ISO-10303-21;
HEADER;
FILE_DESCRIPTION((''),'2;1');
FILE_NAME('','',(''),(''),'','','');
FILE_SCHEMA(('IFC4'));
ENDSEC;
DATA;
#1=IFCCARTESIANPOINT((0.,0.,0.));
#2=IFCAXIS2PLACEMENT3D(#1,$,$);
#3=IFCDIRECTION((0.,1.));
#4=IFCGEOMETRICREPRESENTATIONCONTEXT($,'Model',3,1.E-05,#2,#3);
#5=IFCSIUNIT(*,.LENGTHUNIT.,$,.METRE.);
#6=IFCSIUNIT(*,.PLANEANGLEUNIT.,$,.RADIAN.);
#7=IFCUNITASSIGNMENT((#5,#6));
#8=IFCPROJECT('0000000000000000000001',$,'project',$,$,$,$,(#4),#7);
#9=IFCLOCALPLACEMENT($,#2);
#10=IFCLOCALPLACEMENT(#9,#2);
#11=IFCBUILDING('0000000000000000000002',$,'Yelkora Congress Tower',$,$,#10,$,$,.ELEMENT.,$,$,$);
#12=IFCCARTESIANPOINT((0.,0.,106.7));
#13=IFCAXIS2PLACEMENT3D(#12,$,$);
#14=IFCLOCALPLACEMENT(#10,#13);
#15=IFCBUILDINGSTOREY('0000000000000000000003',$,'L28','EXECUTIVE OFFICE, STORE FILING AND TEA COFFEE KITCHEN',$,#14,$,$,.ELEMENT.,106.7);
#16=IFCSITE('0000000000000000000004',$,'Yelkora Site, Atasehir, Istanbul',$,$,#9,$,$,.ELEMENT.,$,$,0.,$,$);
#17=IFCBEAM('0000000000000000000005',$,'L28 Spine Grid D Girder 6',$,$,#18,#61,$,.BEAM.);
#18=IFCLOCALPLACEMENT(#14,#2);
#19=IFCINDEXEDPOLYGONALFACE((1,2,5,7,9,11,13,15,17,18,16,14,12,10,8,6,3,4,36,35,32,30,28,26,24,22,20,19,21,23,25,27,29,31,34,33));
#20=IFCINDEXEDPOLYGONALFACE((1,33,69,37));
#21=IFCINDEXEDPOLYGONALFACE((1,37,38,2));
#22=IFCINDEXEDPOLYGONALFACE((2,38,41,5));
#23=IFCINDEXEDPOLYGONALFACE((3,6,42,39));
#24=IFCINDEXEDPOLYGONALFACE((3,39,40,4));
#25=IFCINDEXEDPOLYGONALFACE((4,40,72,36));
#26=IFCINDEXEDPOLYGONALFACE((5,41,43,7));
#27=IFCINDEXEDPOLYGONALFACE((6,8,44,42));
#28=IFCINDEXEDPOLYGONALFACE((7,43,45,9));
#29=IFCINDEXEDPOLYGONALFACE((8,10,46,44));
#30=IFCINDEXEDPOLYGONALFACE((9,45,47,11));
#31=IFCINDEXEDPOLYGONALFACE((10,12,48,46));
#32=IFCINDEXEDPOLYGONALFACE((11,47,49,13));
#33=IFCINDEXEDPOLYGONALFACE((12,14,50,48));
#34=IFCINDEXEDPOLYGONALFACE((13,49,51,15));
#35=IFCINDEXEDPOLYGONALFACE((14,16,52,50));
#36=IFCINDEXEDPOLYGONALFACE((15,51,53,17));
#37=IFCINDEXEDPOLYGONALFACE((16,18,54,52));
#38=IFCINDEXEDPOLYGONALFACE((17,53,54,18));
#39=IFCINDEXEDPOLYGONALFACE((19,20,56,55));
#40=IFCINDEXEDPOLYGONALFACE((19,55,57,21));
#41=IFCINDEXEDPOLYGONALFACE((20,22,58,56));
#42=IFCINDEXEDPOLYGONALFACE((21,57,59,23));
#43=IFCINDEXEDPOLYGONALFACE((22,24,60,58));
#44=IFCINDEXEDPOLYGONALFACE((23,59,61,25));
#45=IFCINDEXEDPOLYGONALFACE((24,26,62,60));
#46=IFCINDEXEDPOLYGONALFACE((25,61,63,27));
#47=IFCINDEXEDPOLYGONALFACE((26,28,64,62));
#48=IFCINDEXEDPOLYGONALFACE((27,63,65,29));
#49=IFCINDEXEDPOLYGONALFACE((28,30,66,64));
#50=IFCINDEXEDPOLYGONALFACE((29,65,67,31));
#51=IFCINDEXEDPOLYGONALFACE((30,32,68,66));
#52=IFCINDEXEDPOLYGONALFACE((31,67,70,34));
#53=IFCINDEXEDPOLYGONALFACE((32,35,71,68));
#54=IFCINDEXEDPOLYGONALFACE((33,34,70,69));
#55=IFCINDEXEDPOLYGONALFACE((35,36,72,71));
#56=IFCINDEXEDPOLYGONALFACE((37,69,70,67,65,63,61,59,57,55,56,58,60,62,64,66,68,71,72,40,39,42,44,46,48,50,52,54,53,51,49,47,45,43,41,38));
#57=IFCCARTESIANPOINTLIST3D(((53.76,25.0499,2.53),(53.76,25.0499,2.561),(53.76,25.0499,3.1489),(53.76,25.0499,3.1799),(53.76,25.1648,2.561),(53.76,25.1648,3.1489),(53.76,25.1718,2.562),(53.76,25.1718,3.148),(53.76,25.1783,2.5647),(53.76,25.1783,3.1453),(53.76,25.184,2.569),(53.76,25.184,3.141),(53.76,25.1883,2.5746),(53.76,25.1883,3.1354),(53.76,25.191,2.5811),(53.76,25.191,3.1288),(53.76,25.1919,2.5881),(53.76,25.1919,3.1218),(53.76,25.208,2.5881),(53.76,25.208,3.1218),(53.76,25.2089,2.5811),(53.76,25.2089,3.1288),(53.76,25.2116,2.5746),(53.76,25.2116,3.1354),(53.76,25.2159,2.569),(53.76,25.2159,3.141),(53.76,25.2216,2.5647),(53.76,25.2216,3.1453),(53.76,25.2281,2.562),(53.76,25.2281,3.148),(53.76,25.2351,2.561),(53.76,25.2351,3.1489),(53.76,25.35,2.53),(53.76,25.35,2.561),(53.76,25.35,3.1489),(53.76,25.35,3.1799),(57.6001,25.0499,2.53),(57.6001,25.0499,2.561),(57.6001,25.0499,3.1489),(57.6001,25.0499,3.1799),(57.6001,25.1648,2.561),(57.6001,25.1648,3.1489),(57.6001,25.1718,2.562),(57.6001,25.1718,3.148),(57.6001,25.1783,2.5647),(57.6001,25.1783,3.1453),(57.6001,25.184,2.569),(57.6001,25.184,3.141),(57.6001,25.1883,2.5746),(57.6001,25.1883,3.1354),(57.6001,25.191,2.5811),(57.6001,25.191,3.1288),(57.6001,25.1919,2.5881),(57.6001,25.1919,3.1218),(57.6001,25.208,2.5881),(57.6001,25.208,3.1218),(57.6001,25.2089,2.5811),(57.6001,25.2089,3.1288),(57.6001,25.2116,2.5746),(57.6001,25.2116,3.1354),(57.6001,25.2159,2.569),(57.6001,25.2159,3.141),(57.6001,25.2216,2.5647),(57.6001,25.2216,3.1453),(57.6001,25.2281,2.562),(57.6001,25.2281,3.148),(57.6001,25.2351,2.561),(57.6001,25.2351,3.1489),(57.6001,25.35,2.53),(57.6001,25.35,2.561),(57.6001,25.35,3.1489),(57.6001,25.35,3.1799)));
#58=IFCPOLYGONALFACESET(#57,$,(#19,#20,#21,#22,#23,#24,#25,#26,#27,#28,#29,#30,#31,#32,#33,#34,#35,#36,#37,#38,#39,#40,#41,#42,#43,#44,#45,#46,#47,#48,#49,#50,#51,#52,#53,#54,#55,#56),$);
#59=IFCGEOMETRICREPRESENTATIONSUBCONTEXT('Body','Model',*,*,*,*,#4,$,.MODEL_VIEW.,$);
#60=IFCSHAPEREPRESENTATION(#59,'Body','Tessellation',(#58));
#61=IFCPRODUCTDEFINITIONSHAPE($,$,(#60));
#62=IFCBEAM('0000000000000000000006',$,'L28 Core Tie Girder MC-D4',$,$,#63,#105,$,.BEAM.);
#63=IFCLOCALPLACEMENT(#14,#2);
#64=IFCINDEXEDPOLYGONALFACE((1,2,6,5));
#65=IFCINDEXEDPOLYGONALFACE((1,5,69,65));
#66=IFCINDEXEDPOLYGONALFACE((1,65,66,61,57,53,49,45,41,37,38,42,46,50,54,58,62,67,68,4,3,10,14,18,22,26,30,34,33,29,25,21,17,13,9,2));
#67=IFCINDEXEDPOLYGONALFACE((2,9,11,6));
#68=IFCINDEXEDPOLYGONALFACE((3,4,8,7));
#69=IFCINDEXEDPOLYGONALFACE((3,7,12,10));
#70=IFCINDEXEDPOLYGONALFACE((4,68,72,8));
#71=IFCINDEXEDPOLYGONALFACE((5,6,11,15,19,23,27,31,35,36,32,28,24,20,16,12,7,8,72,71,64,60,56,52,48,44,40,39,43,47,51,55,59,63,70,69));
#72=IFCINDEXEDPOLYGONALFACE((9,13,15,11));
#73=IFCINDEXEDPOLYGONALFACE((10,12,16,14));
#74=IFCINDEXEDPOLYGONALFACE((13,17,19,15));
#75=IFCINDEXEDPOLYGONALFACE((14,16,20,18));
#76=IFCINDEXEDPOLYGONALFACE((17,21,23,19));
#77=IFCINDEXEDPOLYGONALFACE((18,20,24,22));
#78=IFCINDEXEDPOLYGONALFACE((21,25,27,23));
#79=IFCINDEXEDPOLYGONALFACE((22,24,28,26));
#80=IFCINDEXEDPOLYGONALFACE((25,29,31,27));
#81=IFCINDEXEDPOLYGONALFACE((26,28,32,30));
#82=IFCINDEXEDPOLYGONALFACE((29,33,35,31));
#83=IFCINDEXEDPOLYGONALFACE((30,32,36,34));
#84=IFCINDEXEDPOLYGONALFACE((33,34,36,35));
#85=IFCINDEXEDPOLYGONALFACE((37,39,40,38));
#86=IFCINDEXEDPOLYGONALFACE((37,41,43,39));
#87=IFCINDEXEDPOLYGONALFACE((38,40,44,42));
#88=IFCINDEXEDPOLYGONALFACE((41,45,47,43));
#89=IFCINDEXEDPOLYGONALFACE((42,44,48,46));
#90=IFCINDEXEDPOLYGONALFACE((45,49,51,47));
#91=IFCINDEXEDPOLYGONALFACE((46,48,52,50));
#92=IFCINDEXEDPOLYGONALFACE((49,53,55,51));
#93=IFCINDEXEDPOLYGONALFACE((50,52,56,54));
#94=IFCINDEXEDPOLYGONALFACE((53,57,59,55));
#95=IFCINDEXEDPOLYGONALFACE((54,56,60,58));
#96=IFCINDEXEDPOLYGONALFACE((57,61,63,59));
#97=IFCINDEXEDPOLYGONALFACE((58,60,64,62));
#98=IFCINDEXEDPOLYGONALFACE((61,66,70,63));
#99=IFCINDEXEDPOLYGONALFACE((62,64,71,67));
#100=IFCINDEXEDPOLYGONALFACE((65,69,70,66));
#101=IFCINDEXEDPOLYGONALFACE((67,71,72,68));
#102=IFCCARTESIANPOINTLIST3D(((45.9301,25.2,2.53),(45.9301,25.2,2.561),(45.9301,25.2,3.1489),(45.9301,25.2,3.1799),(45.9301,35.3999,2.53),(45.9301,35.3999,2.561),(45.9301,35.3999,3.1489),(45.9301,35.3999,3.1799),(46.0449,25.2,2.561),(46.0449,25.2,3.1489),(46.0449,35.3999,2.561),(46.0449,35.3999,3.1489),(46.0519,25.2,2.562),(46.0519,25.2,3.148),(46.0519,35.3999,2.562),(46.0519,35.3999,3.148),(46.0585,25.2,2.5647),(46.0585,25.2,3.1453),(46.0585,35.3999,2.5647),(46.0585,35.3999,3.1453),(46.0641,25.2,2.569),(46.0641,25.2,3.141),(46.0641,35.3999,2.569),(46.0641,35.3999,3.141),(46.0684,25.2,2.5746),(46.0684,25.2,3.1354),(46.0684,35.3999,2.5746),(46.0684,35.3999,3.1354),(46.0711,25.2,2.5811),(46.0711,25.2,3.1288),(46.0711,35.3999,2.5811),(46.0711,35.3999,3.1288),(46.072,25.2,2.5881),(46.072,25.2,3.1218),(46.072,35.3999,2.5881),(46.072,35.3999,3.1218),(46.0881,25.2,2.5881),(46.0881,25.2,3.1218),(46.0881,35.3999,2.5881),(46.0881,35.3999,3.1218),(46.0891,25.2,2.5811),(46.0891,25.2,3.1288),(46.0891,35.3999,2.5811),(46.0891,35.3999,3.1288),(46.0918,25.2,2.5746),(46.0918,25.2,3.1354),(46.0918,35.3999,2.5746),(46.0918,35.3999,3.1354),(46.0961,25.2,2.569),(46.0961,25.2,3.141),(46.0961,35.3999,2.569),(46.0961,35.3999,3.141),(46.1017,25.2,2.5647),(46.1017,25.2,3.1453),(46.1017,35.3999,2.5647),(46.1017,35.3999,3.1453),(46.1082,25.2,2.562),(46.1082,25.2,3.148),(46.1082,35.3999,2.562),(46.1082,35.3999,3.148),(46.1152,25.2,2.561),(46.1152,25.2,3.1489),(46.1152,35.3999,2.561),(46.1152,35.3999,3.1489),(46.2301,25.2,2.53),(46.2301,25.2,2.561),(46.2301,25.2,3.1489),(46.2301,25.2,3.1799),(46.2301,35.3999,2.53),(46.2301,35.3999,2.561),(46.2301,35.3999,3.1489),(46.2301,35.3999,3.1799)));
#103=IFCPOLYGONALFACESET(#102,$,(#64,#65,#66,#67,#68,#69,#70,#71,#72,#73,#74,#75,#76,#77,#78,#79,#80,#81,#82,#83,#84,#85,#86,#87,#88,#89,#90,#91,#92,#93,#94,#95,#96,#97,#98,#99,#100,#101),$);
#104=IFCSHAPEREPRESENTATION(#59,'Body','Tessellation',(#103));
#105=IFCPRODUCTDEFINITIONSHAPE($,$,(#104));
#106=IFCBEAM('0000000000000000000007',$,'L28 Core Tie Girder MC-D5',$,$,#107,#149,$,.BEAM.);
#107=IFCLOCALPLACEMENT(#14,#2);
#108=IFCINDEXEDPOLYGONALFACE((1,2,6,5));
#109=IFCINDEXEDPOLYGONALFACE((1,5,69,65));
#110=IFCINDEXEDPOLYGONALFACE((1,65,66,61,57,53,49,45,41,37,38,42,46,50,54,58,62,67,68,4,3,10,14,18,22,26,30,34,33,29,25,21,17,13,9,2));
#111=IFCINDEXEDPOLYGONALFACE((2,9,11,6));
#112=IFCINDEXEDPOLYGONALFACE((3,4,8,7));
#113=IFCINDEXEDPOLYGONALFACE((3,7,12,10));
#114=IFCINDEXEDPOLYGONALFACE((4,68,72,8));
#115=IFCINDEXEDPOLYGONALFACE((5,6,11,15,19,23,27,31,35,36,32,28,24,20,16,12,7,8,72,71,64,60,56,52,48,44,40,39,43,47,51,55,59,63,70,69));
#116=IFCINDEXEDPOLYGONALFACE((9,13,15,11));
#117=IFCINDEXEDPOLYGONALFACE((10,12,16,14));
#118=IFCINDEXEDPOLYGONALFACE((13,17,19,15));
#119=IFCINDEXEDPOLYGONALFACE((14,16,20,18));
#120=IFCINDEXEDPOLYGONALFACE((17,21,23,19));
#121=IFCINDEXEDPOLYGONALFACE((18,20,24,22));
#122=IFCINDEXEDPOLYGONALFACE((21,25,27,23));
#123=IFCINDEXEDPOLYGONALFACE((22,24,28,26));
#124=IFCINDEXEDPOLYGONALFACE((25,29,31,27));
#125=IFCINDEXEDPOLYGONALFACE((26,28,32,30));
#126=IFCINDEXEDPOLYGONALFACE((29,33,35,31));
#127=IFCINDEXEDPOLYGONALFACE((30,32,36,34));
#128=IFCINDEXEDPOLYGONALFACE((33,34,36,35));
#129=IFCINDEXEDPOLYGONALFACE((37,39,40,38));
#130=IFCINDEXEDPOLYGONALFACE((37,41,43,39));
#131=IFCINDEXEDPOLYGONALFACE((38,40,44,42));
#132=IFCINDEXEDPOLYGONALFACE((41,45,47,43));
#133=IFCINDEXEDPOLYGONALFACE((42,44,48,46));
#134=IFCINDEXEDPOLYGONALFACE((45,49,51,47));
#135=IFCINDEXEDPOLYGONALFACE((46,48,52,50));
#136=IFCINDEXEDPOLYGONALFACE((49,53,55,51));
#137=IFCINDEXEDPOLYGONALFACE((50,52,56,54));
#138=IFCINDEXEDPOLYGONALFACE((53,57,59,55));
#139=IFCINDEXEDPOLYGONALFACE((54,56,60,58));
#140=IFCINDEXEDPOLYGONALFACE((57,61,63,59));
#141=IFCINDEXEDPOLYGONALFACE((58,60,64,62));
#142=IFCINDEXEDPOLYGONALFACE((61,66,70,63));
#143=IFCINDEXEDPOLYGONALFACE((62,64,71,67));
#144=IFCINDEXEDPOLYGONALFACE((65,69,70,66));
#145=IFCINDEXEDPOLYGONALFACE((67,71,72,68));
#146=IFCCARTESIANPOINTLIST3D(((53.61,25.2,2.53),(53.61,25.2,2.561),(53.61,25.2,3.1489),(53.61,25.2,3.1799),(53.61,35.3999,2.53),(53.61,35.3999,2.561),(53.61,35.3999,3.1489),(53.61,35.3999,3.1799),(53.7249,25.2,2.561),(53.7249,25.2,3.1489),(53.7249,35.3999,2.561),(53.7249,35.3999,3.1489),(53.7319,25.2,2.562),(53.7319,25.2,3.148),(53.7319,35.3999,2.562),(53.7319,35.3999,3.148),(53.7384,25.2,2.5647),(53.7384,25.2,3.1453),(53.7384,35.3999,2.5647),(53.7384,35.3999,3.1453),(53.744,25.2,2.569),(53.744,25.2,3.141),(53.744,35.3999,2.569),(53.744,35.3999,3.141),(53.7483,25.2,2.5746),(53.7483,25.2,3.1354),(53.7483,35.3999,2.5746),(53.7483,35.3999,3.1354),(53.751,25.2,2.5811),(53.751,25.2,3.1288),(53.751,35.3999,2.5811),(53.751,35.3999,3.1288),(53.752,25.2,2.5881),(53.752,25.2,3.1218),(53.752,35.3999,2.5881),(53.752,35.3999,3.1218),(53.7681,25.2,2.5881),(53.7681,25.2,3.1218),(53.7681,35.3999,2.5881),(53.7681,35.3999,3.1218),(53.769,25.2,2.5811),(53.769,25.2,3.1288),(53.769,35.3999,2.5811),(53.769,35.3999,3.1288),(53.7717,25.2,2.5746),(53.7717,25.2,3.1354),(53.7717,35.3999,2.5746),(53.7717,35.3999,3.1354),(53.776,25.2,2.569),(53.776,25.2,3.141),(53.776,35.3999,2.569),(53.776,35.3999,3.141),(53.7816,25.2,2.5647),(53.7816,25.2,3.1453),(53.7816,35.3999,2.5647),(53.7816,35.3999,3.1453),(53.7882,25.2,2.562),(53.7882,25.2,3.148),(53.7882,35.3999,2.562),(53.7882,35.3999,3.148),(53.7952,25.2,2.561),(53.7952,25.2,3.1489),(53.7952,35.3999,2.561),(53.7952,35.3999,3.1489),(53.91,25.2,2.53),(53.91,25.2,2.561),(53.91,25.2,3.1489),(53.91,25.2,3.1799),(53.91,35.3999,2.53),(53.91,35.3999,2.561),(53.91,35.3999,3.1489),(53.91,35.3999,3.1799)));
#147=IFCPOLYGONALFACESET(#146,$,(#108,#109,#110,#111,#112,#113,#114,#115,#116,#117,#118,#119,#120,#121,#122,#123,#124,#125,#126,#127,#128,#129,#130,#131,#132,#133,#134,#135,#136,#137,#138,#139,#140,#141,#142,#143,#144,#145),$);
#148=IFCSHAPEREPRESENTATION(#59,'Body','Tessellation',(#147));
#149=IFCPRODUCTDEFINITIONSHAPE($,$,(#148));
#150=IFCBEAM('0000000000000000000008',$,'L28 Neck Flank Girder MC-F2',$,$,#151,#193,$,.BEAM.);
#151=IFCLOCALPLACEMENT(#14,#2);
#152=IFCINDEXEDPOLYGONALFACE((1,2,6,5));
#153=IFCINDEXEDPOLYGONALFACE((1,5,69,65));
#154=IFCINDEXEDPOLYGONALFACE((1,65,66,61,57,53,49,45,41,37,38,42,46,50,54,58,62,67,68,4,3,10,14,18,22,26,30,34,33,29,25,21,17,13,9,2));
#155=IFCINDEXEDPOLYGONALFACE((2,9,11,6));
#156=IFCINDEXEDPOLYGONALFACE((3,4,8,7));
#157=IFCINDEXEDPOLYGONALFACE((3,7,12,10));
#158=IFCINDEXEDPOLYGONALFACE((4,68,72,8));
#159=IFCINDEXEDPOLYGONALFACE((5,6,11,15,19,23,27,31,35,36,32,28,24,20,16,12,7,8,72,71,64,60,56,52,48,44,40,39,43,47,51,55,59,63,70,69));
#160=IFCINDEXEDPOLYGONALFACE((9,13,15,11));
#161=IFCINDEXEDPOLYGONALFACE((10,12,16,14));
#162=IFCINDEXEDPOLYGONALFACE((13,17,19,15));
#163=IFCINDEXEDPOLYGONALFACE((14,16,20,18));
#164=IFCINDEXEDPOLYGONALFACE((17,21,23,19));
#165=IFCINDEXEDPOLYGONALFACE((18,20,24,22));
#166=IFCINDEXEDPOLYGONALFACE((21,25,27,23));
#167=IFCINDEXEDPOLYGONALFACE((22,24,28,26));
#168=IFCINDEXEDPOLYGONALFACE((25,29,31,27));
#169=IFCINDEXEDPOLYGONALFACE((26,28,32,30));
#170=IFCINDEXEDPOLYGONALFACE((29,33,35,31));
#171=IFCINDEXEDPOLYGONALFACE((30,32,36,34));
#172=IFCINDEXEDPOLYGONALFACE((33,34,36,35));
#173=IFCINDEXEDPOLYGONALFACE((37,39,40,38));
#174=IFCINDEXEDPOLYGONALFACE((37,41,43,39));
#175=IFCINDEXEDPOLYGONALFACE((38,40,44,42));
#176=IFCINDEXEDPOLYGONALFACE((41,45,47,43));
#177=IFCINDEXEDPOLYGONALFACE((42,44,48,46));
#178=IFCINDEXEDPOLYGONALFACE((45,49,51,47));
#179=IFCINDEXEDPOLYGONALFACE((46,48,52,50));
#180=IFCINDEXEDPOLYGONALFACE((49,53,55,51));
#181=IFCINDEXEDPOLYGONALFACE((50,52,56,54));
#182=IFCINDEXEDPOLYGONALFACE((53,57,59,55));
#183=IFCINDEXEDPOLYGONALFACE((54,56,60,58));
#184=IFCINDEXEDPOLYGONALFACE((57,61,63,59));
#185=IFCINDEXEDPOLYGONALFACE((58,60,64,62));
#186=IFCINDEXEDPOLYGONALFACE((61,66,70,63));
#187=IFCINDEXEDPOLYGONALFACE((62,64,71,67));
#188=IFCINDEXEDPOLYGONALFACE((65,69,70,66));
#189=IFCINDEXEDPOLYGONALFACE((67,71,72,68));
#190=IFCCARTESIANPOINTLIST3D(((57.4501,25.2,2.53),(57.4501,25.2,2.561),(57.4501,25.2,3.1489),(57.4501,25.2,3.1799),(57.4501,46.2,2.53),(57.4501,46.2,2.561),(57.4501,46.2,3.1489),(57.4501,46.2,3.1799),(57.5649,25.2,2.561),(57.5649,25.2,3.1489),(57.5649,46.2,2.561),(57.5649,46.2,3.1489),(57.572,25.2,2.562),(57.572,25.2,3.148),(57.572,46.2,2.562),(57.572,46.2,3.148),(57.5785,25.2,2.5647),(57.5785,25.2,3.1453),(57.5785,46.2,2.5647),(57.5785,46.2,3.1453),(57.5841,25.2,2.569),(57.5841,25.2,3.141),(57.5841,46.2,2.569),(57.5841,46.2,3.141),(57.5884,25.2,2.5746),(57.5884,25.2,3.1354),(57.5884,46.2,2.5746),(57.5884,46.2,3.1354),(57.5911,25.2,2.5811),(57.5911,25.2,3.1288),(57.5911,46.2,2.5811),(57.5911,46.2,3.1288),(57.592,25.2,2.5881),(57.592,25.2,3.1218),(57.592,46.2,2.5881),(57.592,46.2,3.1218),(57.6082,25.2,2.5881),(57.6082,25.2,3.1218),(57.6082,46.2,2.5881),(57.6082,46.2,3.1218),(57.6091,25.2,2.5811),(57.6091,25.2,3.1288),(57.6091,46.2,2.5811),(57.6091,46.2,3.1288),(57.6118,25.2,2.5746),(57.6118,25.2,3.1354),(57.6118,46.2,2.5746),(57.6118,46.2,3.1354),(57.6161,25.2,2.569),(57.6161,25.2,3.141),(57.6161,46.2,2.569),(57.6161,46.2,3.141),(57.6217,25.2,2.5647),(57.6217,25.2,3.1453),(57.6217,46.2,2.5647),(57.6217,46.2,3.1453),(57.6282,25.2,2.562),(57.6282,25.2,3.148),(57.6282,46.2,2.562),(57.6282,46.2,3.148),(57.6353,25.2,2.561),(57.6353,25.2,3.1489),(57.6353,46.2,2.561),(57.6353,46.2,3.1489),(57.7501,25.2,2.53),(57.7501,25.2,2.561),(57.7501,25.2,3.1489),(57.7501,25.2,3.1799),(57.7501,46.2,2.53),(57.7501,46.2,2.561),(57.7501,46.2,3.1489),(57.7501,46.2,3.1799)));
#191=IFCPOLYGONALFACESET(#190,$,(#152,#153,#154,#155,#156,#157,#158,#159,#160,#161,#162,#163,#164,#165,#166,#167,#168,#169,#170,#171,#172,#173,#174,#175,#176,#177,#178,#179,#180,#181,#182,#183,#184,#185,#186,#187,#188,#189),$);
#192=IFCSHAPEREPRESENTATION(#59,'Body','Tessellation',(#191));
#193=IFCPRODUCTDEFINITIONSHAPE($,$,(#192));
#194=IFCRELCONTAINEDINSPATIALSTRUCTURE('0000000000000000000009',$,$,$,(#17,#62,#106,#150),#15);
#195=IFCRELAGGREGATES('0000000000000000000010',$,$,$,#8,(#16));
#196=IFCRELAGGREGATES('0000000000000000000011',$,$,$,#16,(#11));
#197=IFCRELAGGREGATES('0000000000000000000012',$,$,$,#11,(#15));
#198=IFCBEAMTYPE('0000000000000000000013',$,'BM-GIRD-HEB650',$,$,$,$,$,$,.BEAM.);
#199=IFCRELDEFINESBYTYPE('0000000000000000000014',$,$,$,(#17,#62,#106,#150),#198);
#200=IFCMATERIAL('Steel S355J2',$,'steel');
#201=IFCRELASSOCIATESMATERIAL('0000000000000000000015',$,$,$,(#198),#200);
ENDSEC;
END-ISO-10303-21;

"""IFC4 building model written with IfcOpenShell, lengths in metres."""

from ifc_helpers import new_model, si_unit, direction, frame, origin, origin_2d, place, context, subcontext, project, spatial, i_section, extrude, material, material_profile, profile_set, type_object, element, save


model = new_model("IFC4")

# Units and contexts
model_context = context("Model", 3, precision=1e-05, world=origin(), true_north=direction((0.0, 1.0)))
body_context = subcontext(model_context, "Body", "Model", "MODEL_VIEW")
ifc_project = project(units=[si_unit("LENGTHUNIT", "METRE"), si_unit("PLANEANGLEUNIT", "RADIAN")], contexts=[model_context])

# Site, building, storey
site_placement = place(None, origin())
site = spatial("IfcSite", under=ifc_project, at=site_placement, Name="Yelkora Site, Atasehir, Istanbul", CompositionType="ELEMENT", RefElevation=0.0)
building_placement = place(site_placement, origin())
building = spatial("IfcBuilding", under=site, at=building_placement, Name="Yelkora Congress Tower", CompositionType="ELEMENT")
storey_placement = place(building_placement, frame((0.0, 0.0, 106.7)))
storey = spatial("IfcBuildingStorey", under=building, at=storey_placement, Name="L28", Description="EXECUTIVE OFFICE, STORE FILING AND TEA COFFEE KITCHEN", CompositionType="ELEMENT", Elevation=106.7)

# Beams
ifc_material_1 = material(Name="Steel S355J2", Category="steel")
ifc_material_profile_1 = material_profile(ifc_material_1, i_section(OverallWidth=0.3, OverallDepth=0.6499, WebThickness=0.0161, FlangeThickness=0.031, FilletRadius=0.0271, at=origin_2d()), Name="HEB 650")
ifc_profile_set_1 = profile_set([ifc_material_profile_1], Name="Steel S355J2")
beam_type_1 = type_object("IfcBeamType", Name="BM-GIRD-HEB650", PredefinedType="BEAM", material=ifc_profile_set_1)
beam_1_placement = place(storey_placement, frame((53.76, 25.2, 2.855), z_axis=(1.0, 0.0, 0.0), x_axis=(0.0, 1.0, 0.0)))
element("IfcBeam", 1, at=beam_1_placement, inside=storey, type_object=beam_type_1, Name="L28 Spine Grid D Girder 6", PredefinedType="BEAM", context=body_context, shape_type="SweptSolid", body=[
    extrude(i_section(OverallWidth=0.3, OverallDepth=0.6499, WebThickness=0.0161, FlangeThickness=0.031, FilletRadius=0.0271, at=origin_2d()), origin(), (0.0, 0.0, 1.0), 3.8401),
])
for number, where, z_axis, x_axis, name in (
    (2, (46.0801, 25.2, 2.855), (0.0, 1.0, 0.0), (-1.0, 0.0, 0.0), "L28 Core Tie Girder MC-D4"),
    (3, (53.76, 25.2, 2.855), (0.0, 1.0, 0.0), (-1.0, 0.0, 0.0), "L28 Core Tie Girder MC-D5"),
):
    element("IfcBeam", number, at=place(storey_placement, frame(where, z_axis=z_axis, x_axis=x_axis)), inside=storey, type_object=beam_type_1, Name=name, PredefinedType="BEAM", context=body_context, shape_type="SweptSolid", body=[
        extrude(i_section(OverallWidth=0.3, OverallDepth=0.6499, WebThickness=0.0161, FlangeThickness=0.031, FilletRadius=0.0271, at=origin_2d()), origin(), (0.0, 0.0, 1.0), 10.2),
    ])
beam_2_placement = place(storey_placement, frame((57.6001, 25.2, 2.855), z_axis=(0.0, 1.0, 0.0), x_axis=(-1.0, 0.0, 0.0)))
element("IfcBeam", 4, at=beam_2_placement, inside=storey, type_object=beam_type_1, Name="L28 Neck Flank Girder MC-F2", PredefinedType="BEAM", context=body_context, shape_type="SweptSolid", body=[
    extrude(i_section(OverallWidth=0.3, OverallDepth=0.6499, WebThickness=0.0161, FlangeThickness=0.031, FilletRadius=0.0271, at=origin_2d()), origin(), (0.0, 0.0, 1.0), 21.0),
])

save(model, "model.ifc")
